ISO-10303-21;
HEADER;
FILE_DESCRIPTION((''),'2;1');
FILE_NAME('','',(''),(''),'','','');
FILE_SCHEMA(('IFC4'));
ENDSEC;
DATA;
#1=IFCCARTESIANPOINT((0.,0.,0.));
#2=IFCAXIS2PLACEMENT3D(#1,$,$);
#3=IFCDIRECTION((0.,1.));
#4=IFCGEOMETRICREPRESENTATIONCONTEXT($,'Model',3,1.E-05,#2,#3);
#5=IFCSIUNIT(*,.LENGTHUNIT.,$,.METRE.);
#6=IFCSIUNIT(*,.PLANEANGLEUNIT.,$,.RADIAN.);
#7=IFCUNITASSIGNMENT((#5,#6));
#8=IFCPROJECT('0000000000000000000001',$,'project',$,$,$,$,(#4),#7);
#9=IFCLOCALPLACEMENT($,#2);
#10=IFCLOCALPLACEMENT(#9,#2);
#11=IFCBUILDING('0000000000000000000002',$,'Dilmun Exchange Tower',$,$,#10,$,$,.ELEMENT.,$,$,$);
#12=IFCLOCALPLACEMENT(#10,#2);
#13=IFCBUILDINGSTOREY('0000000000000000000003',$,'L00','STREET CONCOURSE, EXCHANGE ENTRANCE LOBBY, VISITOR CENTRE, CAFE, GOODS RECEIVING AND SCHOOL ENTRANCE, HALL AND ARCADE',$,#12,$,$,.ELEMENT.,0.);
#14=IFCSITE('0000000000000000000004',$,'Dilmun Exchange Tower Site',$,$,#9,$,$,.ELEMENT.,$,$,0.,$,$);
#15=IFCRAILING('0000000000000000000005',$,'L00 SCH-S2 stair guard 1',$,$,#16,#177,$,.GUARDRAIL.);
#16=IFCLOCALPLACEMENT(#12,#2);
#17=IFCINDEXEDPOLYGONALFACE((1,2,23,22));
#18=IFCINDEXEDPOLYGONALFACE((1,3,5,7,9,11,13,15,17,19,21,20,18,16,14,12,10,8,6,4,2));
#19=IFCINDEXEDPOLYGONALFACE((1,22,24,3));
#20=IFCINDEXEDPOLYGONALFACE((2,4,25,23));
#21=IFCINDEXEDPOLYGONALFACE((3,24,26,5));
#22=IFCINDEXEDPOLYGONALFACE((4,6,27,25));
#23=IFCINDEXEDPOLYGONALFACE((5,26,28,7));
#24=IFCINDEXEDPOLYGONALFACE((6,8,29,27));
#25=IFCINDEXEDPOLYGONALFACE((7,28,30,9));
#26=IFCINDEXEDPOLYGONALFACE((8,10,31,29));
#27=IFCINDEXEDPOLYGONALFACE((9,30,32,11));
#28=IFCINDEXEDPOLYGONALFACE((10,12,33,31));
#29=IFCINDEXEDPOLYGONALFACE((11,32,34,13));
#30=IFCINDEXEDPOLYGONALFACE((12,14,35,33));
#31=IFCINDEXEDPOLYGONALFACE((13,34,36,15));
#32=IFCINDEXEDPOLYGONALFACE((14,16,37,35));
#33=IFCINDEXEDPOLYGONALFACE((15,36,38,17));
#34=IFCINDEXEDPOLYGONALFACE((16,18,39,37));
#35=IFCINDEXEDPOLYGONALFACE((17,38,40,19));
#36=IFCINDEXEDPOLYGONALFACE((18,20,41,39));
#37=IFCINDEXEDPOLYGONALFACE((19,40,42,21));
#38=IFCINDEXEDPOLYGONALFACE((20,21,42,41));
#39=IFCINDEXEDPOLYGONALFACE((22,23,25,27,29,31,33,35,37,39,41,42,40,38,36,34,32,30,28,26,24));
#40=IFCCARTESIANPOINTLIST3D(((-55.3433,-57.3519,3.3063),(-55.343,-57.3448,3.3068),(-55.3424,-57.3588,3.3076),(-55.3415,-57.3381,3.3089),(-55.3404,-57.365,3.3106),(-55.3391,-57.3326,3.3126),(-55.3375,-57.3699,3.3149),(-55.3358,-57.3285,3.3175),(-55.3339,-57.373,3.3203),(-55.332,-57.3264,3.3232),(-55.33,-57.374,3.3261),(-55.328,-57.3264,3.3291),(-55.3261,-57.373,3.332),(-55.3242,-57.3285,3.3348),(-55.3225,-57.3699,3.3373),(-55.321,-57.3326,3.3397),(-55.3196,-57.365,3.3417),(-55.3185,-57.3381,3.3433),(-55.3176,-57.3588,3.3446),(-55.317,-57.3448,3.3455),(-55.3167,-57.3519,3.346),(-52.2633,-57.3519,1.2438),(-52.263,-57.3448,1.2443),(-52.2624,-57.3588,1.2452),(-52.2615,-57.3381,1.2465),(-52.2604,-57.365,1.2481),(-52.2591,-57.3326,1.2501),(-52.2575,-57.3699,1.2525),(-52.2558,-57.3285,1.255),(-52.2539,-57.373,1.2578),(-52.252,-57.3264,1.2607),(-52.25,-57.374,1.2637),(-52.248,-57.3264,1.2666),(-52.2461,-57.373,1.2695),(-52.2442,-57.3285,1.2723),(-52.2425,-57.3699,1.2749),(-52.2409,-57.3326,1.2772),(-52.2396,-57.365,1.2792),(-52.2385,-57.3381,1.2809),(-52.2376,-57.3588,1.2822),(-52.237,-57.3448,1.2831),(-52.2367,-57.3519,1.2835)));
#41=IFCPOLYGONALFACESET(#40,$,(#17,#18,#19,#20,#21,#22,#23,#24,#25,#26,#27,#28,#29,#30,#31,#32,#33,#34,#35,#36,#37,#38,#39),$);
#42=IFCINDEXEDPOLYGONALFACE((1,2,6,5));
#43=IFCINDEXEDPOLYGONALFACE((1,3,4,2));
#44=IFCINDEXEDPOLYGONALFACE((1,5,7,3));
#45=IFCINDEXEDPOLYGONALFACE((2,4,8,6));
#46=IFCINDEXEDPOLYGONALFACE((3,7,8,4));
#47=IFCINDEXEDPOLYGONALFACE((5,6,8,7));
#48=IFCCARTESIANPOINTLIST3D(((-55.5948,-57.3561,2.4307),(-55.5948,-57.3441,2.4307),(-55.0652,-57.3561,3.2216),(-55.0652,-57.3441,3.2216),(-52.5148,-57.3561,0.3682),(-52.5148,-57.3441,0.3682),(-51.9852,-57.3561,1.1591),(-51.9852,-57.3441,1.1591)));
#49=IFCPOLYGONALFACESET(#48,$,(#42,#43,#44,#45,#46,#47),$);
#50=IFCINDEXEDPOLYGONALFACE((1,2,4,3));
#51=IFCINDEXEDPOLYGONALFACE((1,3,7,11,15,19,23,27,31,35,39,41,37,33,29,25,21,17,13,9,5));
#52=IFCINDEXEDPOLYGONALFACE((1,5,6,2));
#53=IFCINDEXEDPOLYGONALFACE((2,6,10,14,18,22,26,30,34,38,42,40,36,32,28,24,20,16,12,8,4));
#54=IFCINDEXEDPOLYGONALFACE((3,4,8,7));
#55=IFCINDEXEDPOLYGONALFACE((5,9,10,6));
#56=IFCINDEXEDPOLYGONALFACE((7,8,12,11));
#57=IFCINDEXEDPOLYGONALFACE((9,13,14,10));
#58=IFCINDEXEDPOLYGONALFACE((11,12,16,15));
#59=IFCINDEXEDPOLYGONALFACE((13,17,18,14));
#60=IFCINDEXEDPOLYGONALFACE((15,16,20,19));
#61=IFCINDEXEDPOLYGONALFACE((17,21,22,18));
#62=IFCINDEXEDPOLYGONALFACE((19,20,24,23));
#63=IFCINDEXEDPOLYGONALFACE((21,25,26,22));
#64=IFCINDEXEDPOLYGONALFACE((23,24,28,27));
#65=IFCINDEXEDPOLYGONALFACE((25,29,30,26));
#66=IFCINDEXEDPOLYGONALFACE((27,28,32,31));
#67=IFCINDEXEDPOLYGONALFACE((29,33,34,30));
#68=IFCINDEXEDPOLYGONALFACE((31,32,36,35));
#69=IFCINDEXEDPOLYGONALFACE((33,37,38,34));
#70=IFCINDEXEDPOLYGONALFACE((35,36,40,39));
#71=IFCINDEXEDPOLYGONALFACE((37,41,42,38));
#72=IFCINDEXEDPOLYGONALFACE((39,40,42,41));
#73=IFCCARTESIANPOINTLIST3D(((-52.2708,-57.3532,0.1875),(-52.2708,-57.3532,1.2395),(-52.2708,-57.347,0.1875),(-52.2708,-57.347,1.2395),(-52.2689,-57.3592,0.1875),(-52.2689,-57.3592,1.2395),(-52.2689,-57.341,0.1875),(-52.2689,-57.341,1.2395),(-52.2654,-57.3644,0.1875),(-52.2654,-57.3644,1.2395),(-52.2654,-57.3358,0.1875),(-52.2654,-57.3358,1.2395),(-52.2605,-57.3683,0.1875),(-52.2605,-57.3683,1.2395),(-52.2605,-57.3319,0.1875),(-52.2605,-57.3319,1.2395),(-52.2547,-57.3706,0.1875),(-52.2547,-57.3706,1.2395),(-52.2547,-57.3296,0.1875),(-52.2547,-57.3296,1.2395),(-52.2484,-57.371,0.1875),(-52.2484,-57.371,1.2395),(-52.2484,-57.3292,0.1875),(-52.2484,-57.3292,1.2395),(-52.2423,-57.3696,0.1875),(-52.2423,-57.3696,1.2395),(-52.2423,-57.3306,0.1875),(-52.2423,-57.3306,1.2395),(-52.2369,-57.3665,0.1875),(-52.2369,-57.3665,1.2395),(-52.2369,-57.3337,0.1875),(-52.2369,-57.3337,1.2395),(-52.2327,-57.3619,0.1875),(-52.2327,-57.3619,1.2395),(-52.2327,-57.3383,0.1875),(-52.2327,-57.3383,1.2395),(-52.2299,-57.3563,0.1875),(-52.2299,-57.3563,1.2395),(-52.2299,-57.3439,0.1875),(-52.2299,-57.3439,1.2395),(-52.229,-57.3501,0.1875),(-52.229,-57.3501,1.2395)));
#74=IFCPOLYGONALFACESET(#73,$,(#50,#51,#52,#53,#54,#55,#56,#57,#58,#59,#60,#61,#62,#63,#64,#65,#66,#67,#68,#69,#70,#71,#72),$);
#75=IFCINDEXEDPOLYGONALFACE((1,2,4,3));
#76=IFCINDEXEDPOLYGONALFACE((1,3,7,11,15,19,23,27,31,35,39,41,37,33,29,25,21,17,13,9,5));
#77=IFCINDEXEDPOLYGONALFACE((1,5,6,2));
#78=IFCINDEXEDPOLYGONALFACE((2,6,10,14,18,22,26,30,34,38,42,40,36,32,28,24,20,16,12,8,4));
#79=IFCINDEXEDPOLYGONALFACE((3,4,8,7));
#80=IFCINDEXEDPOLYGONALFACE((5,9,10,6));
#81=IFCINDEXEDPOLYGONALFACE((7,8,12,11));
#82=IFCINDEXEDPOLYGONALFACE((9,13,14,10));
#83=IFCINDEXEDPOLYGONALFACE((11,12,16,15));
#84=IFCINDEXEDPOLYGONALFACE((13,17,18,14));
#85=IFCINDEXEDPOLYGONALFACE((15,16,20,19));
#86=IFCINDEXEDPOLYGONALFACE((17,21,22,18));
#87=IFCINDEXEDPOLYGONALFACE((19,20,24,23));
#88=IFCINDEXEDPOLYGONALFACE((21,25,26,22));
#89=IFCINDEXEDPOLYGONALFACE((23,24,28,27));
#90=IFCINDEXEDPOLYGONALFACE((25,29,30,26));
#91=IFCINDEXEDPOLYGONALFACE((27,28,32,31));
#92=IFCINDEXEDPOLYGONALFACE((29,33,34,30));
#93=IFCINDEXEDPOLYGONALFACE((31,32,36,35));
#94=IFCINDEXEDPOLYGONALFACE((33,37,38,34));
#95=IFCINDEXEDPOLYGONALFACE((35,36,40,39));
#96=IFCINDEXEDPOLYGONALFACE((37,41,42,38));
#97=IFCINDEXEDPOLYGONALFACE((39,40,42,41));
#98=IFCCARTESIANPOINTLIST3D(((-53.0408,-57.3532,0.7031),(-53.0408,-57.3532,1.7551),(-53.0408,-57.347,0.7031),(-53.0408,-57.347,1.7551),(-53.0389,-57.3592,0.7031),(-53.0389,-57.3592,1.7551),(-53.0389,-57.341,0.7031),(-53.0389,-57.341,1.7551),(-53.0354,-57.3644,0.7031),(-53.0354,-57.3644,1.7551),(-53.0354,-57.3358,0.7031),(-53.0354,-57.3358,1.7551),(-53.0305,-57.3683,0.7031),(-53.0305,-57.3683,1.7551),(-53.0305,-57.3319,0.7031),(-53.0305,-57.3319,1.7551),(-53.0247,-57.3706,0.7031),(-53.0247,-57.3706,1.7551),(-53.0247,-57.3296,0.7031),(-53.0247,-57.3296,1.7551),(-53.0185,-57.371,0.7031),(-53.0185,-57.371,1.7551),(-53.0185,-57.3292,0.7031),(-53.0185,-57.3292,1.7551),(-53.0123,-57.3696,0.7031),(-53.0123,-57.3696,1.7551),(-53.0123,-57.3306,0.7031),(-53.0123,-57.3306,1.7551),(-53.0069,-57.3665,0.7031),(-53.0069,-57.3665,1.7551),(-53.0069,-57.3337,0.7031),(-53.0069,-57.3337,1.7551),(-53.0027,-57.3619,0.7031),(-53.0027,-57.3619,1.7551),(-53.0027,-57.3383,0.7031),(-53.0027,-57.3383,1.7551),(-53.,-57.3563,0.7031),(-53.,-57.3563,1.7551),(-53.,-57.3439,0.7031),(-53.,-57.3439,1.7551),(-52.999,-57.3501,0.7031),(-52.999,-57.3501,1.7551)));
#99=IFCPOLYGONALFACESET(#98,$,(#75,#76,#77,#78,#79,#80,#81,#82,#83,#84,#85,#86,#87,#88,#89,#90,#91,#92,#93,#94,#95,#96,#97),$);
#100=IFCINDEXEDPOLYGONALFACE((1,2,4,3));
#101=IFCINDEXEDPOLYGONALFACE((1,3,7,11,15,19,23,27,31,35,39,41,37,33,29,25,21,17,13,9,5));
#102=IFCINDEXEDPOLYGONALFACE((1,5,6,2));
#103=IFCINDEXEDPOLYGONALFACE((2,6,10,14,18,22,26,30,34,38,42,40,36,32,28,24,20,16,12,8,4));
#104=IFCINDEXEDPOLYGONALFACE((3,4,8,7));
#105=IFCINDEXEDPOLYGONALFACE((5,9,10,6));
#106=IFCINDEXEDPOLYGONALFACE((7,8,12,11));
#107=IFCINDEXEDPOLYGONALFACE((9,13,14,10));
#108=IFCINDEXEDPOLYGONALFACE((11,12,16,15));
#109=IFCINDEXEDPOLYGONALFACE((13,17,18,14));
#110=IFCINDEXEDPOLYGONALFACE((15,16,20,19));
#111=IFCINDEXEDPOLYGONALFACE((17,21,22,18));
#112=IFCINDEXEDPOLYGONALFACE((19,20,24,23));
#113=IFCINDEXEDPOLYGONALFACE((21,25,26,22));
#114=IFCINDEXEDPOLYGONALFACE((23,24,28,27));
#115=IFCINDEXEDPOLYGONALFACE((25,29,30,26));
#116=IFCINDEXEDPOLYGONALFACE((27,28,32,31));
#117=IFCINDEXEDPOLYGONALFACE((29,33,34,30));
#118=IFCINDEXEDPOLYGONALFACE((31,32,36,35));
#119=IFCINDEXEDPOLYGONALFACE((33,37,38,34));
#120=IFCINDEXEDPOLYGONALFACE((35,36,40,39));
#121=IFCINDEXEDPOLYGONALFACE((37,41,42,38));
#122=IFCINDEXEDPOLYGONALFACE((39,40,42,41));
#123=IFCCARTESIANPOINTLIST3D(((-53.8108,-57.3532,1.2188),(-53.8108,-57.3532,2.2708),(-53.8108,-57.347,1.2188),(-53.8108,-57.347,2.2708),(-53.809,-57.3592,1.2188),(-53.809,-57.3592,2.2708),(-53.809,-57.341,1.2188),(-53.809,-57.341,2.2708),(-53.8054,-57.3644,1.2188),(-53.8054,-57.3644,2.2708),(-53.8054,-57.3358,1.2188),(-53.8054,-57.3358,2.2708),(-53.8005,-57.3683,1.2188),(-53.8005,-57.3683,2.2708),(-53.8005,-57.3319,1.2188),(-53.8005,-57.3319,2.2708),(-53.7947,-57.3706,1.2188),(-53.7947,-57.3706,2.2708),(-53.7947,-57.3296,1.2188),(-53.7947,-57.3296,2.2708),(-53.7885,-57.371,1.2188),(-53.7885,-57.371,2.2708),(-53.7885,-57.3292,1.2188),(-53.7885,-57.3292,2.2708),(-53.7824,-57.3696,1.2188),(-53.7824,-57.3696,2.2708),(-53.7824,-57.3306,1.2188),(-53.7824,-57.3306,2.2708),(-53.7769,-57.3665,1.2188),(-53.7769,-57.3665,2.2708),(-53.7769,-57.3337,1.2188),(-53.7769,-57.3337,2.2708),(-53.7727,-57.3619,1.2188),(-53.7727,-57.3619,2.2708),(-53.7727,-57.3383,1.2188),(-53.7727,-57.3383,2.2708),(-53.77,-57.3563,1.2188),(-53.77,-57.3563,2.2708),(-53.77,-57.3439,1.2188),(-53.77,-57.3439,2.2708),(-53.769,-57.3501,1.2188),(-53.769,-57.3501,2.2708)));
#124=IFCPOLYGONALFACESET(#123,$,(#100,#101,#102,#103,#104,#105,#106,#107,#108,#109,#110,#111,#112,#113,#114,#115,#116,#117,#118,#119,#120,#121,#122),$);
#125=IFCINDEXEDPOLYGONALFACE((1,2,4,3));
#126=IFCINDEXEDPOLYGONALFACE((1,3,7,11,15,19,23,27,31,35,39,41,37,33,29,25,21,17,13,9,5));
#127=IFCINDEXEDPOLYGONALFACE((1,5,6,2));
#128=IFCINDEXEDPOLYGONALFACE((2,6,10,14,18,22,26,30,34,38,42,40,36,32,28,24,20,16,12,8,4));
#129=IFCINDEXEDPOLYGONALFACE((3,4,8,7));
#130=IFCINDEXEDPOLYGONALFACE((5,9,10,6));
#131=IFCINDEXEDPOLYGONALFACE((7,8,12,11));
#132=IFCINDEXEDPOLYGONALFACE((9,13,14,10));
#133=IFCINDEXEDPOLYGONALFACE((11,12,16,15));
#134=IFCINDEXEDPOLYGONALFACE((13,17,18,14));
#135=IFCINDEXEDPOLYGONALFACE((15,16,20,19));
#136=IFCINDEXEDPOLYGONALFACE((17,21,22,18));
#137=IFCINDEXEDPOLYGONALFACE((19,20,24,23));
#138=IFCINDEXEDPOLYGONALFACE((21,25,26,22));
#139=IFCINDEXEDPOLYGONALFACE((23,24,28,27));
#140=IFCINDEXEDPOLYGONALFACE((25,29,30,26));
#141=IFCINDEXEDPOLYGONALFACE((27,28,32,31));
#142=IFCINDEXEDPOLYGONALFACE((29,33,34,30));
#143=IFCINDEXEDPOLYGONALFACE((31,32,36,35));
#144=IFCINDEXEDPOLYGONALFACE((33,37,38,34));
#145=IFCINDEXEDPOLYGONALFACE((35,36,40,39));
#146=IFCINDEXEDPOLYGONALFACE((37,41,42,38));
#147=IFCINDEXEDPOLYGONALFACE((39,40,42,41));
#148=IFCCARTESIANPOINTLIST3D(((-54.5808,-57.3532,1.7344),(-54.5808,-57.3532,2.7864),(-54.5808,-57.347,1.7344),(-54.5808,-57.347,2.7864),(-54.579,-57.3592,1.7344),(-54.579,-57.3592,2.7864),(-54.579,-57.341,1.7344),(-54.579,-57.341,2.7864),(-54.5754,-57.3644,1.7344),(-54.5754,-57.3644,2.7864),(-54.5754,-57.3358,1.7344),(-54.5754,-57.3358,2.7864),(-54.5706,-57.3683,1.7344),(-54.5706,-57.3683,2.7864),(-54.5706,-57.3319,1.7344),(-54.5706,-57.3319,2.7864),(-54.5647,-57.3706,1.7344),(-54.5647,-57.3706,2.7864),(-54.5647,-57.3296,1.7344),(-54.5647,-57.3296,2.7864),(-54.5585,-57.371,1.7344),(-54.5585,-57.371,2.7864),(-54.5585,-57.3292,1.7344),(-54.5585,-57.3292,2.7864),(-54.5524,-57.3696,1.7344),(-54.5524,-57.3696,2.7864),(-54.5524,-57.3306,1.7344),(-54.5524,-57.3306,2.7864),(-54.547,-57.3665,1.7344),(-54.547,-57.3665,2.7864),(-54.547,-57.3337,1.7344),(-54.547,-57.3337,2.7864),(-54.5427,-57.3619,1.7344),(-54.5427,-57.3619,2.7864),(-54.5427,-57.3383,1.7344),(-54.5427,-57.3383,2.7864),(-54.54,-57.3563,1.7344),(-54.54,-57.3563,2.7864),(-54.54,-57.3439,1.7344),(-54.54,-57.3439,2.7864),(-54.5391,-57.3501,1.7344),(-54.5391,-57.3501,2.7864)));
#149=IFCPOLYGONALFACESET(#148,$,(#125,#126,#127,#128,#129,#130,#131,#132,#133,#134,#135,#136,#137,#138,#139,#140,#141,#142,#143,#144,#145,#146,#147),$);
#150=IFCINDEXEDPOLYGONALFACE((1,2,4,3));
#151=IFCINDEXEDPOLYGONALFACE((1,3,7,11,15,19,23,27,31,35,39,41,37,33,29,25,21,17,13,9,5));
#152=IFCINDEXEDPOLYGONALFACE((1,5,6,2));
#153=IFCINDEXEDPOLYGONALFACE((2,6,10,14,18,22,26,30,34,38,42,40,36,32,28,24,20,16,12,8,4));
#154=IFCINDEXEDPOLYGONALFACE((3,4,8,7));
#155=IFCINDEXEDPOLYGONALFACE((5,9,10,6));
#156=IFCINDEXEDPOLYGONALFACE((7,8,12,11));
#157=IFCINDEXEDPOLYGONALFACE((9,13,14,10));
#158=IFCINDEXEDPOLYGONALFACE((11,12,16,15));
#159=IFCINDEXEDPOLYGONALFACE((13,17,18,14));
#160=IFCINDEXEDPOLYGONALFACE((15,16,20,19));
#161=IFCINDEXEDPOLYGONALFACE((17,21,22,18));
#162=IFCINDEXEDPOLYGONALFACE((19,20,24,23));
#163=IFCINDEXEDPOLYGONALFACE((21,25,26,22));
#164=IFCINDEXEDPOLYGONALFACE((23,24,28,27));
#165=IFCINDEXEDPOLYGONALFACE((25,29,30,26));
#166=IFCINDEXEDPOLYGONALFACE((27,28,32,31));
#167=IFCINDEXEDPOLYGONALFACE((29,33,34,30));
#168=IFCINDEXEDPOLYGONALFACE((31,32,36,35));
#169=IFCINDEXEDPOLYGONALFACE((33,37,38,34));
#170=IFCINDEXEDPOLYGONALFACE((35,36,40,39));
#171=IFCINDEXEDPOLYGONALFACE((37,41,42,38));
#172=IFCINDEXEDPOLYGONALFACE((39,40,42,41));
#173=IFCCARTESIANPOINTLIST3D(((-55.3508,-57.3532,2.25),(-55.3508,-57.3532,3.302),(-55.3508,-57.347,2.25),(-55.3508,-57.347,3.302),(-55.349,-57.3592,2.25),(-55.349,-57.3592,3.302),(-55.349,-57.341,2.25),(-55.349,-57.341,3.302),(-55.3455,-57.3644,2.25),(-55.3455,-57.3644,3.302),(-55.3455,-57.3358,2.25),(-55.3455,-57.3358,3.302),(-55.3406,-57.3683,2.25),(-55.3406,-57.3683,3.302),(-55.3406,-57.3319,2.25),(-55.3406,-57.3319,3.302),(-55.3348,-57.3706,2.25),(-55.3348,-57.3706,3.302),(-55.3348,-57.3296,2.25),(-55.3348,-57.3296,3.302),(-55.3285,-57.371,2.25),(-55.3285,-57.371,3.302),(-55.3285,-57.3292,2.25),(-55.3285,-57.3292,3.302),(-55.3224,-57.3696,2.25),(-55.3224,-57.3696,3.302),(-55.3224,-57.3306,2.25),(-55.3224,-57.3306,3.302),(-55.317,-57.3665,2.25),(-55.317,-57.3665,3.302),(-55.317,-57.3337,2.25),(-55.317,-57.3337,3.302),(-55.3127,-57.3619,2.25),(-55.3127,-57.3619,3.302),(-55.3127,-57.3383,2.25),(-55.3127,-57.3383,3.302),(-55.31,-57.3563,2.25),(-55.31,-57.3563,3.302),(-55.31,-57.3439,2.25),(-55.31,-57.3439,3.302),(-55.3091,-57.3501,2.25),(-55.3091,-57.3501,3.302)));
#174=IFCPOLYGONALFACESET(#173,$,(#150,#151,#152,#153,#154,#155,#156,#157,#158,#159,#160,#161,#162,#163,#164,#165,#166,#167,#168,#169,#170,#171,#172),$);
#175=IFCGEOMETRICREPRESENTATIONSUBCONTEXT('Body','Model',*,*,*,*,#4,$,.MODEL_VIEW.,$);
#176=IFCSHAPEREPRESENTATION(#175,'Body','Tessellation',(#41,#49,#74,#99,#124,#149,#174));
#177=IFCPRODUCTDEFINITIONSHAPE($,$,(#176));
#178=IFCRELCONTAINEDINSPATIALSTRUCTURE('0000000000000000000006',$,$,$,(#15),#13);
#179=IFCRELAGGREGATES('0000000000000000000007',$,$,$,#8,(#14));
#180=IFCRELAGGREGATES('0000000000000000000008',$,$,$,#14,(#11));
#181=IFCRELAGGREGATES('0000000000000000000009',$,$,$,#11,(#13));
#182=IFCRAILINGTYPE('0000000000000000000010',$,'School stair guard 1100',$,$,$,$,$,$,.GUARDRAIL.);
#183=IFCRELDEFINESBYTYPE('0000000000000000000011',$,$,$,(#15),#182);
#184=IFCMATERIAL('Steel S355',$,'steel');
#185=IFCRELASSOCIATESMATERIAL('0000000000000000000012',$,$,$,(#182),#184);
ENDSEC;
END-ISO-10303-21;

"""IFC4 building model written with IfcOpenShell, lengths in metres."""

from ifc_helpers import new_model, si_unit, direction, frame, origin, origin_2d, place, context, subcontext, project, spatial, rectangle, circle, extrude, material, type_object, element, save


model = new_model("IFC4")

# Units and contexts
model_context = context("Model", 3, precision=1e-05, world=origin(), true_north=direction((0.0, 1.0)))
body_context = subcontext(model_context, "Body", "Model", "MODEL_VIEW")
ifc_project = project(units=[si_unit("LENGTHUNIT", "METRE"), si_unit("PLANEANGLEUNIT", "RADIAN")], contexts=[model_context])

# Site, building, storey
site_placement = place(None, origin())
site = spatial("IfcSite", under=ifc_project, at=site_placement, Name="Dilmun Exchange Tower Site", CompositionType="ELEMENT", RefElevation=0.0)
building_placement = place(site_placement, origin())
building = spatial("IfcBuilding", under=site, at=building_placement, Name="Dilmun Exchange Tower", CompositionType="ELEMENT")
storey_placement = place(building_placement, origin())
storey = spatial("IfcBuildingStorey", under=building, at=storey_placement, Name="L00", Description="STREET CONCOURSE, EXCHANGE ENTRANCE LOBBY, VISITOR CENTRE, CAFE, GOODS RECEIVING AND SCHOOL ENTRANCE, HALL AND ARCADE", CompositionType="ELEMENT", Elevation=0.0)

# Railing
ifc_material_1 = material(Name="Steel S355", Category="steel")
railing_type_1 = type_object("IfcRailingType", Name="School stair guard 1100", PredefinedType="GUARDRAIL", material=ifc_material_1)
railing_1_placement = place(storey_placement, frame((-52.25, -57.3501, 0.1875)))
element("IfcRailing", 1, at=railing_1_placement, inside=storey, type_object=railing_type_1, Name="L00 SCH-S2 stair guard 1", PredefinedType="GUARDRAIL", context=body_context, shape_type="SweptSolid", body=[
    extrude(circle(Radius=0.0239, at=origin_2d()), frame((0.0, 0.0, 1.0762), z_axis=(-0.830914, 0.0, 0.556401), x_axis=(0.0, -1.0, 0.0)), (0.0, 0.0, 1.0), 3.7068),
    extrude(rectangle(XDim=0.012, YDim=0.9519, at=origin_2d()), frame((0.0, 0.0, 0.5762), z_axis=(-0.830914, 0.0, 0.556401), x_axis=(0.0, -1.0, 0.0)), (0.0, 0.0, 1.0), 3.7068),
    extrude(circle(Radius=0.021, at=origin_2d()), origin(), (0.0, 0.0, 1.0), 1.052),
    extrude(circle(Radius=0.021, at=origin_2d()), frame((-0.77, 0.0, 0.5156)), (0.0, 0.0, 1.0), 1.052),
    extrude(circle(Radius=0.021, at=origin_2d()), frame((-1.54, 0.0, 1.0312)), (0.0, 0.0, 1.0), 1.052),
    extrude(circle(Radius=0.021, at=origin_2d()), frame((-2.3101, 0.0, 1.5469)), (0.0, 0.0, 1.0), 1.052),
    extrude(circle(Radius=0.021, at=origin_2d()), frame((-3.0801, 0.0, 2.0625)), (0.0, 0.0, 1.0), 1.052),
])

save(model, "model.ifc")
